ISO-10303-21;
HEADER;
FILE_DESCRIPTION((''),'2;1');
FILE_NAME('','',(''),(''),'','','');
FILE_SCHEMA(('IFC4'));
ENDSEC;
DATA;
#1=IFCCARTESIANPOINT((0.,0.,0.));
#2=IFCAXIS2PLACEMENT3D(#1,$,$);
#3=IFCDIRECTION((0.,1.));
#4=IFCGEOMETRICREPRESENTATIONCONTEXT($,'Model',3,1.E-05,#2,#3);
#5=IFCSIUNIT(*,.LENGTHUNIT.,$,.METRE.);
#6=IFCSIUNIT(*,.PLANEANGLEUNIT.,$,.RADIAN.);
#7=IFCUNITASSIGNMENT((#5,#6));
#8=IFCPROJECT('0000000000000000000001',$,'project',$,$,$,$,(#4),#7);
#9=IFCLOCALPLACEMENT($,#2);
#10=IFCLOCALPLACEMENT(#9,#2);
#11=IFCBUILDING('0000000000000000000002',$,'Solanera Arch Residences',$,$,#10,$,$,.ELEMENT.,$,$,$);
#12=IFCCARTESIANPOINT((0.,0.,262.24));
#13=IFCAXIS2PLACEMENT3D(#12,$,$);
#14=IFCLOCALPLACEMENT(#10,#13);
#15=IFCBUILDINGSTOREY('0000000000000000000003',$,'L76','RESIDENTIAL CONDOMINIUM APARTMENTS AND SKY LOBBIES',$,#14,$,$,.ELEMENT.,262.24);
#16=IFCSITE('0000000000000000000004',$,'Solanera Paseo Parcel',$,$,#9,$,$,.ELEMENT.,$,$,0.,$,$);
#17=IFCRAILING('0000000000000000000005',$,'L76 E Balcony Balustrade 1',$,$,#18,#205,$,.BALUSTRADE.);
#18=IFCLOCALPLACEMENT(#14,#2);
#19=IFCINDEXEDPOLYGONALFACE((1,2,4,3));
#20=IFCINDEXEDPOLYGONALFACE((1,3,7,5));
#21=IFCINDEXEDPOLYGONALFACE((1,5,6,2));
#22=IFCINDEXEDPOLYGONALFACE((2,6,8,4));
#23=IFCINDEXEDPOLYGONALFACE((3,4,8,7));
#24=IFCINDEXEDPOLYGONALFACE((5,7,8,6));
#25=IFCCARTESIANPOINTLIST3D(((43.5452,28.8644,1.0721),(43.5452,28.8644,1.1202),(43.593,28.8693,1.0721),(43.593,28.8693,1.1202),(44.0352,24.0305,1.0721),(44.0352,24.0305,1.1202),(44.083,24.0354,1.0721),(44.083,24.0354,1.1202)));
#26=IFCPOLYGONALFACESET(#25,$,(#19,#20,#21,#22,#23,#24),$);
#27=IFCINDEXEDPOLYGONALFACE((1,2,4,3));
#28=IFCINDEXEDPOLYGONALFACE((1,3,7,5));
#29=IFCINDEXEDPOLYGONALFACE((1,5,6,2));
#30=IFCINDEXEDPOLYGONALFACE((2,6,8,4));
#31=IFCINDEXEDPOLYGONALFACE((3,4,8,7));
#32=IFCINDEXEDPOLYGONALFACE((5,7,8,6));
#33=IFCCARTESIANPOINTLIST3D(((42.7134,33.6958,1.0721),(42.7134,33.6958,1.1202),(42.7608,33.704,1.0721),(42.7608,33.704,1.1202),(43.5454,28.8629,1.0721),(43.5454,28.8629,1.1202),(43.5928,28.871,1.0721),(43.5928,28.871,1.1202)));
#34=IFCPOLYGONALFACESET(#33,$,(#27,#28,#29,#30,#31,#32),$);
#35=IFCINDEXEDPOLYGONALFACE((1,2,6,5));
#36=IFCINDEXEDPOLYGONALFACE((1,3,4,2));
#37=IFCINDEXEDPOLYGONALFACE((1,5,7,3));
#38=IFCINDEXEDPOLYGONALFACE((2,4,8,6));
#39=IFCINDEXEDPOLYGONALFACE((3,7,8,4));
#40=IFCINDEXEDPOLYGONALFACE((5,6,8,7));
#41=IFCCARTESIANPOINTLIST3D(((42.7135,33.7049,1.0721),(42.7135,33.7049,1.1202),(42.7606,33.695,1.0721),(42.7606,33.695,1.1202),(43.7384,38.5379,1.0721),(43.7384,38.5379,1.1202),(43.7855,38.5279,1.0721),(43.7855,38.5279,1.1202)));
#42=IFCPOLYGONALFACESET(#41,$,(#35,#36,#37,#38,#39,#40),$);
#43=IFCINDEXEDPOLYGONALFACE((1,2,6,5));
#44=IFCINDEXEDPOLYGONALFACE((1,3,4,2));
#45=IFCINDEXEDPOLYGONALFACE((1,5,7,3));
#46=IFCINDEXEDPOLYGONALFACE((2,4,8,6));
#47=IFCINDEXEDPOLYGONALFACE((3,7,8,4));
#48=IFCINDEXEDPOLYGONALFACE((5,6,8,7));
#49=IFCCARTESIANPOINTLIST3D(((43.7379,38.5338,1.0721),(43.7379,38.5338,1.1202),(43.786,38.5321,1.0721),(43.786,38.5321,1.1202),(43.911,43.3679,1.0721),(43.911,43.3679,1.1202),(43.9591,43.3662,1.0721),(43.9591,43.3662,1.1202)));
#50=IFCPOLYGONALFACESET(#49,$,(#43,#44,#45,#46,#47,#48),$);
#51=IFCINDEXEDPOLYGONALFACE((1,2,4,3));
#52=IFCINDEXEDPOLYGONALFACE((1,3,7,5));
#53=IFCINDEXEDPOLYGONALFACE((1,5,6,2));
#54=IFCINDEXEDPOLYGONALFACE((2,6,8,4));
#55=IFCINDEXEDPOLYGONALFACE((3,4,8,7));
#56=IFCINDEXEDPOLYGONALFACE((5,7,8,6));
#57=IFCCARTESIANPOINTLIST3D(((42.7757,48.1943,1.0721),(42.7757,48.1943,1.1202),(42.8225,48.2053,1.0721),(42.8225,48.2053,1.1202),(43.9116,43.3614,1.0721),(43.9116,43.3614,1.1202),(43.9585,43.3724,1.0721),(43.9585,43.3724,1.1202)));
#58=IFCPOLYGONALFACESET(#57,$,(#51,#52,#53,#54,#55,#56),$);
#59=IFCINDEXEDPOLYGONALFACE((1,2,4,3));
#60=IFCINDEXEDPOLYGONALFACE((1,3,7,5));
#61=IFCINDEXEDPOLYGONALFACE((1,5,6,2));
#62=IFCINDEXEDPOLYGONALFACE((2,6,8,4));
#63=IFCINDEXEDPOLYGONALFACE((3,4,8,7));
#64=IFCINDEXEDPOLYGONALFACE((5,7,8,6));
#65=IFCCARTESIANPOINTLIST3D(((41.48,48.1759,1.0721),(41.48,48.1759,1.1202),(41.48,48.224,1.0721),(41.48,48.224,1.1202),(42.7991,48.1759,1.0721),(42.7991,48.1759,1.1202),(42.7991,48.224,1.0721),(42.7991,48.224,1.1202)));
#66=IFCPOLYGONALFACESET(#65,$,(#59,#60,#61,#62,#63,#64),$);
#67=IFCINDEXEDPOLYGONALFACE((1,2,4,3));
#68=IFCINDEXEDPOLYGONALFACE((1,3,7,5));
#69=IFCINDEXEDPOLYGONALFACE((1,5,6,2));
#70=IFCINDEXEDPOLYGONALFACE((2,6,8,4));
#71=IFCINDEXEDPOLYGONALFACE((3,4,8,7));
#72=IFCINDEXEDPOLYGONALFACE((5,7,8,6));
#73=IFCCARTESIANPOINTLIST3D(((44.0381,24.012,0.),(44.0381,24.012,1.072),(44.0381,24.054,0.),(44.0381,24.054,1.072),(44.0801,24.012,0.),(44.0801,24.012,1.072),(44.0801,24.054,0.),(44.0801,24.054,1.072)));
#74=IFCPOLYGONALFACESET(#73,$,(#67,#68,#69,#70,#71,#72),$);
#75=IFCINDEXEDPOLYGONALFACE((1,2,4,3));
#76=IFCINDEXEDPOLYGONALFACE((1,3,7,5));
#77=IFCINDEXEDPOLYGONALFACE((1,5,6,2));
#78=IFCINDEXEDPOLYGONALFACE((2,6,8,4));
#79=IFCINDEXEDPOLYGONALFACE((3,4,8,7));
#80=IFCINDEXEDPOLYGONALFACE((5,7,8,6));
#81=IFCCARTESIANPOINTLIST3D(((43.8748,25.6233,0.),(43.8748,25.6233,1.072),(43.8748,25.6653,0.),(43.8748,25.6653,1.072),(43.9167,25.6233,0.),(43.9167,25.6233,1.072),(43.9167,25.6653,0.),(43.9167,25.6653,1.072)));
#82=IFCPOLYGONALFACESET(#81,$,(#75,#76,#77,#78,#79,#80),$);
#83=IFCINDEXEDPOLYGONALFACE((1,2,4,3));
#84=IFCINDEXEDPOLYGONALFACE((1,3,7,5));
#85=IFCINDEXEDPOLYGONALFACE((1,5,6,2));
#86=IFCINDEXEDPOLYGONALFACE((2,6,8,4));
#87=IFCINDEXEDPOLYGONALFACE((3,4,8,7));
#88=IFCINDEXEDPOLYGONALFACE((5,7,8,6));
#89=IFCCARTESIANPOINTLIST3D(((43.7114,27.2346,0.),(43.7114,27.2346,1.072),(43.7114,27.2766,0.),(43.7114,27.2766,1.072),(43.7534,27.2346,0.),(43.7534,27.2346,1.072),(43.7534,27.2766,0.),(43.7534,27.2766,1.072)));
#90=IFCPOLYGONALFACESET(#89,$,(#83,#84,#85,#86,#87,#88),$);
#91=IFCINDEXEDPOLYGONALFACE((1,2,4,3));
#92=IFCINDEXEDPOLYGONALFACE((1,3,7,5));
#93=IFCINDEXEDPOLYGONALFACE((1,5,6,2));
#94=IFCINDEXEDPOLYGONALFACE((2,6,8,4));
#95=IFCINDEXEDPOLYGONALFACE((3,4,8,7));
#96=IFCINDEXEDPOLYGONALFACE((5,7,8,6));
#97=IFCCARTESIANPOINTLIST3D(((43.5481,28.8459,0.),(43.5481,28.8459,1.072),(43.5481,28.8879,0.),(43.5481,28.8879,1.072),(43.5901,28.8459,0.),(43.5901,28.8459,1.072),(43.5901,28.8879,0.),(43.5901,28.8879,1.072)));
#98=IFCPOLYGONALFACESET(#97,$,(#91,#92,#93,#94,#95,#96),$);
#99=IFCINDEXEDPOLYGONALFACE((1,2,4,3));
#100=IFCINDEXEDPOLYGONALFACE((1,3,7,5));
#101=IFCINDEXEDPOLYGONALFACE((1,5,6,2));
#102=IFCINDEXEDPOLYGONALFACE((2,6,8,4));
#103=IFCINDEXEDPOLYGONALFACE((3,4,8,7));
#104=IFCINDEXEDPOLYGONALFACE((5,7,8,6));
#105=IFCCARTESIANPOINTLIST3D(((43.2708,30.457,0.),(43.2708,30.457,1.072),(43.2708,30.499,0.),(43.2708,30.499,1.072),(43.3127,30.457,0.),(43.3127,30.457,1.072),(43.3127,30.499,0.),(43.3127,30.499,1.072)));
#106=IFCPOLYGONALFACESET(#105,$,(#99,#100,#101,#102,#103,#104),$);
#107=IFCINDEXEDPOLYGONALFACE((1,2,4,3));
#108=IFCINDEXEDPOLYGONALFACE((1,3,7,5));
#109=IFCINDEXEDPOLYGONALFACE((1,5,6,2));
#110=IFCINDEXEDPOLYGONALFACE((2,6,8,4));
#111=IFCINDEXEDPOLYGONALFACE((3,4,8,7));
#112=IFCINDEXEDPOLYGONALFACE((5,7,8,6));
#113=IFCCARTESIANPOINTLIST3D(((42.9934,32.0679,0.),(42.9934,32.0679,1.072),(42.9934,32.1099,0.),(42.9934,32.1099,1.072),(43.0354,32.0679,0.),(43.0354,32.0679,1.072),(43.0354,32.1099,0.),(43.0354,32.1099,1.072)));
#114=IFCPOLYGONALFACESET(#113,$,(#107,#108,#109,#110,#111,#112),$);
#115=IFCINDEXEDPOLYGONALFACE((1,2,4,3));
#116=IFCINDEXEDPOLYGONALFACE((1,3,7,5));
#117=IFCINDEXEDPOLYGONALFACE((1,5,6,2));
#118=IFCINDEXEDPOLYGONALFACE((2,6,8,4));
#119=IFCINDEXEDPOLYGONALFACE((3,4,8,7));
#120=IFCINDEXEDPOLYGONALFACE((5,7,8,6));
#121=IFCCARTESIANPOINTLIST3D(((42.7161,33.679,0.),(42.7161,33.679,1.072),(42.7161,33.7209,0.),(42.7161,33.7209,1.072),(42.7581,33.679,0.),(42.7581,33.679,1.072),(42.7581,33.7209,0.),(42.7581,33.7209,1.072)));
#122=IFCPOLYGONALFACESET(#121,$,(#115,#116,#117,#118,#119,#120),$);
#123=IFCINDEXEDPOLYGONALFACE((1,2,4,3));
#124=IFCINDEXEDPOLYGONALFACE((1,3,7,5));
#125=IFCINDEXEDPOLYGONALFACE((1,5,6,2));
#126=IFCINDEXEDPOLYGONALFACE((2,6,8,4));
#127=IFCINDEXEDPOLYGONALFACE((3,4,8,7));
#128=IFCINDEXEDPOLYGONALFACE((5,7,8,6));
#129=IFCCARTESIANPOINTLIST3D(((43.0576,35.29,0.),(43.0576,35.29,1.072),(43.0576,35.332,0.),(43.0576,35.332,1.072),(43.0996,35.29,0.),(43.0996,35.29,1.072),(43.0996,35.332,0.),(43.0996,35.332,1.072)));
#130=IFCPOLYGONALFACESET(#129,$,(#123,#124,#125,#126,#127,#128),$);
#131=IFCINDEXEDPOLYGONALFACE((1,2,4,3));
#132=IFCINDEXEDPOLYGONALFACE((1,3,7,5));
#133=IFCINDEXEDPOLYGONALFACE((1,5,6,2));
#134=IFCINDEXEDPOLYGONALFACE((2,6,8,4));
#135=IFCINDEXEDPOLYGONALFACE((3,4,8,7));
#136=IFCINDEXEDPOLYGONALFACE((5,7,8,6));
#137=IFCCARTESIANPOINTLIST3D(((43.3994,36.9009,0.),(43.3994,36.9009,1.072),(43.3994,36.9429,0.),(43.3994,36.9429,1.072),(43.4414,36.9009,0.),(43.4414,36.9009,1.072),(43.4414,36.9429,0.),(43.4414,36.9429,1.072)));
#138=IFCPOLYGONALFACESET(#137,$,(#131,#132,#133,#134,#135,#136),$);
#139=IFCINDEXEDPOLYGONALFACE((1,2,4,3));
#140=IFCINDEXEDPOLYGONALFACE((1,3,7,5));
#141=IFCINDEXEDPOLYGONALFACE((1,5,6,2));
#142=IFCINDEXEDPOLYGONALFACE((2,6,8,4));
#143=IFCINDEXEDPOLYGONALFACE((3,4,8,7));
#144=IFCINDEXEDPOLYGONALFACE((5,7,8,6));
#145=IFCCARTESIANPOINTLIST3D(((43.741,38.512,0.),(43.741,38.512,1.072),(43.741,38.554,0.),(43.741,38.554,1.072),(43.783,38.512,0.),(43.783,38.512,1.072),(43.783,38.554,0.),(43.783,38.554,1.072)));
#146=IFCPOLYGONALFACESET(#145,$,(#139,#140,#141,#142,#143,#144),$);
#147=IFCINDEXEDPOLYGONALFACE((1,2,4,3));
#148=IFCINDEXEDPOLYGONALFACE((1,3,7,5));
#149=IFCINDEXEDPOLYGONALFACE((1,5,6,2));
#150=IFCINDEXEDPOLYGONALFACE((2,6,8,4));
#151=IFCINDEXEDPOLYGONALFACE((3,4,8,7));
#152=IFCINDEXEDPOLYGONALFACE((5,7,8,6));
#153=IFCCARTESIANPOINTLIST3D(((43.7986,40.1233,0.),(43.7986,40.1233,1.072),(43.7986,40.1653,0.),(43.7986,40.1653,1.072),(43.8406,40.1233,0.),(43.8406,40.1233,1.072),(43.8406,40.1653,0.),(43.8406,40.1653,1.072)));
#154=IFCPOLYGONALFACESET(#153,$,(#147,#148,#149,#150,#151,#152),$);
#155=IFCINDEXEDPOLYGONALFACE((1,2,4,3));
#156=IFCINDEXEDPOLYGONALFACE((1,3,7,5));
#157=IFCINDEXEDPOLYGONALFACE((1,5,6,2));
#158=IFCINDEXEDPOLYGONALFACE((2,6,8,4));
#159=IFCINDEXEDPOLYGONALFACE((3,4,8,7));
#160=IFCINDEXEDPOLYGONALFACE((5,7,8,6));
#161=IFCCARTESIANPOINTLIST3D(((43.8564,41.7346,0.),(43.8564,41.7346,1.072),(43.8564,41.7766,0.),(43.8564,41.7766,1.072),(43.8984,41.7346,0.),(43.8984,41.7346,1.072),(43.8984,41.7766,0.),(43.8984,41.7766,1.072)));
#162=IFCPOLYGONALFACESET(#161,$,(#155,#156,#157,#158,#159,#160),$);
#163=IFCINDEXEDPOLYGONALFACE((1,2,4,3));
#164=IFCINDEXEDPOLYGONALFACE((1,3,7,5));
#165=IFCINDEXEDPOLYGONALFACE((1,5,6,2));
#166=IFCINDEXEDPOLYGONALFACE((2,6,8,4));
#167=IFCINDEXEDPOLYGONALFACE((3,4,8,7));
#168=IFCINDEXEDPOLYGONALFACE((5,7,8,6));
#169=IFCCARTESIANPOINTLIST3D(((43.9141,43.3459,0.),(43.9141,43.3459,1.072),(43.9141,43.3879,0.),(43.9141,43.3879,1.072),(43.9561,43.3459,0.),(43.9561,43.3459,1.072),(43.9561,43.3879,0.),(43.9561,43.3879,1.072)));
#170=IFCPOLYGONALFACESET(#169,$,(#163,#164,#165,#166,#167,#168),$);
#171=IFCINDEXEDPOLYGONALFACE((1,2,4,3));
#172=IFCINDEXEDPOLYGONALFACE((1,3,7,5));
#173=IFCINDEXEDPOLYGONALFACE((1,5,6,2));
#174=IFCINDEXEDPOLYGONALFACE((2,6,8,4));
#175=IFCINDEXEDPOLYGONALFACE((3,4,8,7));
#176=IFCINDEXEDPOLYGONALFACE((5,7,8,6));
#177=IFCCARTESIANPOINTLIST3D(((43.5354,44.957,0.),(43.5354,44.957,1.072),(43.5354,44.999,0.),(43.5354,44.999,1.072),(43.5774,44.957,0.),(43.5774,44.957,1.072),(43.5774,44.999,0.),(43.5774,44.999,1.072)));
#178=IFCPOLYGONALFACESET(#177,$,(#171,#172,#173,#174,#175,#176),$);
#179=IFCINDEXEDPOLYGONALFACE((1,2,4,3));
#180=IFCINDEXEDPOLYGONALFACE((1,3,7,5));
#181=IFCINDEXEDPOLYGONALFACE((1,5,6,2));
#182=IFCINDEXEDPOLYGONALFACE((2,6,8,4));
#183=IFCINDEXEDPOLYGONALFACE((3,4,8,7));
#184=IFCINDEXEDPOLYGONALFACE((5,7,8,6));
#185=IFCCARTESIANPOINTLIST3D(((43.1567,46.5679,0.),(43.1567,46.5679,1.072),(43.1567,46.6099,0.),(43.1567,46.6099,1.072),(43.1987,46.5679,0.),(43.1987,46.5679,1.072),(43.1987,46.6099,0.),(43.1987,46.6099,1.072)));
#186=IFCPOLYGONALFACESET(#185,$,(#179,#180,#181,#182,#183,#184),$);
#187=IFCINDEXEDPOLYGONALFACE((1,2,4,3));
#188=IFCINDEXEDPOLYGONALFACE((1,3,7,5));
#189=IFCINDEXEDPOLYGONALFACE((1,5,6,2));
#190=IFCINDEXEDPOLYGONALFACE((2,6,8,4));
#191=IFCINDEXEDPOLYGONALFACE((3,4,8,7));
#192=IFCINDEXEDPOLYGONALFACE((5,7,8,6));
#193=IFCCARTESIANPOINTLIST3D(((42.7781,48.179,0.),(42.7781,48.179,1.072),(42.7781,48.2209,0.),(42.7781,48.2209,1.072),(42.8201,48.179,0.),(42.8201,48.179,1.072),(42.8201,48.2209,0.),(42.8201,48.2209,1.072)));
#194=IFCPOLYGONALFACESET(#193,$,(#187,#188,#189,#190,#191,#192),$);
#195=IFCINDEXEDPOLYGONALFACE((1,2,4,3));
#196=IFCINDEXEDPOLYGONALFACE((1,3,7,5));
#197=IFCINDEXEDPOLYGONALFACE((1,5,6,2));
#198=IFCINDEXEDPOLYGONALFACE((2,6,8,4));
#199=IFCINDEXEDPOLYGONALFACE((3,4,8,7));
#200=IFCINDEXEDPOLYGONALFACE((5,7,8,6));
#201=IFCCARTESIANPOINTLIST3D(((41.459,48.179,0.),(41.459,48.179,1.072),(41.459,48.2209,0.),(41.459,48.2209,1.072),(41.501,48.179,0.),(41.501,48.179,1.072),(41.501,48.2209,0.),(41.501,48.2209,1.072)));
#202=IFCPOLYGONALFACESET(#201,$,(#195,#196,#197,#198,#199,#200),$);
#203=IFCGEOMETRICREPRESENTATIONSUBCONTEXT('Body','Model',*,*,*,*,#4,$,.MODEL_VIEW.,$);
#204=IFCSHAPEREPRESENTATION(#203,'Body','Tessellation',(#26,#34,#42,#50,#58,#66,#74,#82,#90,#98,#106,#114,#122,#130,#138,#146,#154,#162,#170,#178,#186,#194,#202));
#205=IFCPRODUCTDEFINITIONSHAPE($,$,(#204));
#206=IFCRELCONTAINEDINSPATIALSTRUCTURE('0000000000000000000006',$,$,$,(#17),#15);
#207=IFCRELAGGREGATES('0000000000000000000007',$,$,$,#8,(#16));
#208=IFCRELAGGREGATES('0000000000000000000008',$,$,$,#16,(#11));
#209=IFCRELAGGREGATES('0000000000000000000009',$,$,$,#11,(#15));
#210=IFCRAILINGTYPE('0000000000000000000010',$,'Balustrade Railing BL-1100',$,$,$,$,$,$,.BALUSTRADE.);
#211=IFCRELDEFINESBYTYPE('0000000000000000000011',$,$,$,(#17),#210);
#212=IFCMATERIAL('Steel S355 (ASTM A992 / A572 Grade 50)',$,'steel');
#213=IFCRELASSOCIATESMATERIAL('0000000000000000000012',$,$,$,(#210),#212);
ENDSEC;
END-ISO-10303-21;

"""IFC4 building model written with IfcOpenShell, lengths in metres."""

from ifc_helpers import new_model, si_unit, direction, frame, origin, origin_2d, place, context, subcontext, project, spatial, rectangle, extrude, material, type_object, element, save


model = new_model("IFC4")

# Units and contexts
model_context = context("Model", 3, precision=1e-05, world=origin(), true_north=direction((0.0, 1.0)))
body_context = subcontext(model_context, "Body", "Model", "MODEL_VIEW")
ifc_project = project(units=[si_unit("LENGTHUNIT", "METRE"), si_unit("PLANEANGLEUNIT", "RADIAN")], contexts=[model_context])

# Site, building, storey
site_placement = place(None, origin())
site = spatial("IfcSite", under=ifc_project, at=site_placement, Name="Solanera Paseo Parcel", CompositionType="ELEMENT", RefElevation=0.0)
building_placement = place(site_placement, origin())
building = spatial("IfcBuilding", under=site, at=building_placement, Name="Solanera Arch Residences", CompositionType="ELEMENT")
storey_placement = place(building_placement, frame((0.0, 0.0, 262.24)))
storey = spatial("IfcBuildingStorey", under=building, at=storey_placement, Name="L76", Description="RESIDENTIAL CONDOMINIUM APARTMENTS AND SKY LOBBIES", CompositionType="ELEMENT", Elevation=262.24)

# Railing
ifc_material_1 = material(Name="Steel S355 (ASTM A992 / A572 Grade 50)", Category="steel")
railing_type = type_object("IfcRailingType", Name="Balustrade Railing BL-1100", PredefinedType="BALUSTRADE", material=ifc_material_1)
railing_1_placement = place(storey_placement, frame((44.0591, 24.033, 0.0)))
element("IfcRailing", 1, at=railing_1_placement, inside=storey, type_object=railing_type, Name="L76 E Balcony Balustrade 1", PredefinedType="BALUSTRADE", context=body_context, shape_type="SweptSolid", body=[
    extrude(rectangle(XDim=0.0481, YDim=0.0481, at=origin_2d()), frame((0.0, 0.0, 1.0962), z_axis=(-0.100847, 0.994902, 0.0), x_axis=(-0.994902, -0.100847, 0.0)), (0.0, 0.0, 1.0), 4.8586),
    extrude(rectangle(XDim=0.0481, YDim=0.0481, at=origin_2d()), frame((-0.49, 4.834, 1.0962), z_axis=(-0.16966, 0.985503, 0.0), x_axis=(-0.985503, -0.16966, 0.0)), (0.0, 0.0, 1.0), 4.9041),
    extrude(rectangle(XDim=0.0481, YDim=0.0481, at=origin_2d()), frame((-1.322, 9.667, 1.0962), z_axis=(0.20745, 0.978246, 0.0), x_axis=(-0.978246, 0.20745, 0.0)), (0.0, 0.0, 1.0), 4.9404),
    extrude(rectangle(XDim=0.0481, YDim=0.0481, at=origin_2d()), frame((-0.2971, 14.5, 1.0962), z_axis=(0.035785, 0.99936, 0.0), x_axis=(-0.99936, 0.035785, 0.0)), (0.0, 0.0, 1.0), 4.8372),
    extrude(rectangle(XDim=0.0481, YDim=0.0481, at=origin_2d()), frame((-0.124, 19.334, 1.0962), z_axis=(-0.228812, 0.973471, 0.0), x_axis=(-0.973471, -0.228812, 0.0)), (0.0, 0.0, 1.0), 4.9646),
    extrude(rectangle(XDim=0.0481, YDim=0.0481, at=origin_2d()), frame((-1.26, 24.167, 1.0962), z_axis=(-1.0, 0.0, 0.0), x_axis=(0.0, -1.0, 0.0)), (0.0, 0.0, 1.0), 1.3191),
    extrude(rectangle(XDim=0.042, YDim=0.042, at=origin_2d()), origin(), (0.0, 0.0, 1.0), 1.072),
    extrude(rectangle(XDim=0.042, YDim=0.042, at=origin_2d()), frame((-0.1633, 1.6113, 0.0)), (0.0, 0.0, 1.0), 1.072),
    extrude(rectangle(XDim=0.042, YDim=0.042, at=origin_2d()), frame((-0.3267, 3.2227, 0.0)), (0.0, 0.0, 1.0), 1.072),
    extrude(rectangle(XDim=0.042, YDim=0.042, at=origin_2d()), frame((-0.49, 4.834, 0.0)), (0.0, 0.0, 1.0), 1.072),
    extrude(rectangle(XDim=0.042, YDim=0.042, at=origin_2d()), frame((-0.7673, 6.4451, 0.0)), (0.0, 0.0, 1.0), 1.072),
    extrude(rectangle(XDim=0.042, YDim=0.042, at=origin_2d()), frame((-1.0447, 8.0559, 0.0)), (0.0, 0.0, 1.0), 1.072),
    extrude(rectangle(XDim=0.042, YDim=0.042, at=origin_2d()), frame((-1.322, 9.667, 0.0)), (0.0, 0.0, 1.0), 1.072),
    extrude(rectangle(XDim=0.042, YDim=0.042, at=origin_2d()), frame((-0.9805, 11.2781, 0.0)), (0.0, 0.0, 1.0), 1.072),
    extrude(rectangle(XDim=0.042, YDim=0.042, at=origin_2d()), frame((-0.6387, 12.8889, 0.0)), (0.0, 0.0, 1.0), 1.072),
    extrude(rectangle(XDim=0.042, YDim=0.042, at=origin_2d()), frame((-0.2971, 14.5, 0.0)), (0.0, 0.0, 1.0), 1.072),
    extrude(rectangle(XDim=0.042, YDim=0.042, at=origin_2d()), frame((-0.2395, 16.1113, 0.0)), (0.0, 0.0, 1.0), 1.072),
    extrude(rectangle(XDim=0.042, YDim=0.042, at=origin_2d()), frame((-0.1816, 17.7227, 0.0)), (0.0, 0.0, 1.0), 1.072),
    extrude(rectangle(XDim=0.042, YDim=0.042, at=origin_2d()), frame((-0.124, 19.334, 0.0)), (0.0, 0.0, 1.0), 1.072),
    extrude(rectangle(XDim=0.042, YDim=0.042, at=origin_2d()), frame((-0.5027, 20.9451, 0.0)), (0.0, 0.0, 1.0), 1.072),
    extrude(rectangle(XDim=0.042, YDim=0.042, at=origin_2d()), frame((-0.8813, 22.5559, 0.0)), (0.0, 0.0, 1.0), 1.072),
    extrude(rectangle(XDim=0.042, YDim=0.042, at=origin_2d()), frame((-1.26, 24.167, 0.0)), (0.0, 0.0, 1.0), 1.072),
    extrude(rectangle(XDim=0.042, YDim=0.042, at=origin_2d()), frame((-2.5791, 24.167, 0.0)), (0.0, 0.0, 1.0), 1.072),
])

save(model, "model.ifc")
